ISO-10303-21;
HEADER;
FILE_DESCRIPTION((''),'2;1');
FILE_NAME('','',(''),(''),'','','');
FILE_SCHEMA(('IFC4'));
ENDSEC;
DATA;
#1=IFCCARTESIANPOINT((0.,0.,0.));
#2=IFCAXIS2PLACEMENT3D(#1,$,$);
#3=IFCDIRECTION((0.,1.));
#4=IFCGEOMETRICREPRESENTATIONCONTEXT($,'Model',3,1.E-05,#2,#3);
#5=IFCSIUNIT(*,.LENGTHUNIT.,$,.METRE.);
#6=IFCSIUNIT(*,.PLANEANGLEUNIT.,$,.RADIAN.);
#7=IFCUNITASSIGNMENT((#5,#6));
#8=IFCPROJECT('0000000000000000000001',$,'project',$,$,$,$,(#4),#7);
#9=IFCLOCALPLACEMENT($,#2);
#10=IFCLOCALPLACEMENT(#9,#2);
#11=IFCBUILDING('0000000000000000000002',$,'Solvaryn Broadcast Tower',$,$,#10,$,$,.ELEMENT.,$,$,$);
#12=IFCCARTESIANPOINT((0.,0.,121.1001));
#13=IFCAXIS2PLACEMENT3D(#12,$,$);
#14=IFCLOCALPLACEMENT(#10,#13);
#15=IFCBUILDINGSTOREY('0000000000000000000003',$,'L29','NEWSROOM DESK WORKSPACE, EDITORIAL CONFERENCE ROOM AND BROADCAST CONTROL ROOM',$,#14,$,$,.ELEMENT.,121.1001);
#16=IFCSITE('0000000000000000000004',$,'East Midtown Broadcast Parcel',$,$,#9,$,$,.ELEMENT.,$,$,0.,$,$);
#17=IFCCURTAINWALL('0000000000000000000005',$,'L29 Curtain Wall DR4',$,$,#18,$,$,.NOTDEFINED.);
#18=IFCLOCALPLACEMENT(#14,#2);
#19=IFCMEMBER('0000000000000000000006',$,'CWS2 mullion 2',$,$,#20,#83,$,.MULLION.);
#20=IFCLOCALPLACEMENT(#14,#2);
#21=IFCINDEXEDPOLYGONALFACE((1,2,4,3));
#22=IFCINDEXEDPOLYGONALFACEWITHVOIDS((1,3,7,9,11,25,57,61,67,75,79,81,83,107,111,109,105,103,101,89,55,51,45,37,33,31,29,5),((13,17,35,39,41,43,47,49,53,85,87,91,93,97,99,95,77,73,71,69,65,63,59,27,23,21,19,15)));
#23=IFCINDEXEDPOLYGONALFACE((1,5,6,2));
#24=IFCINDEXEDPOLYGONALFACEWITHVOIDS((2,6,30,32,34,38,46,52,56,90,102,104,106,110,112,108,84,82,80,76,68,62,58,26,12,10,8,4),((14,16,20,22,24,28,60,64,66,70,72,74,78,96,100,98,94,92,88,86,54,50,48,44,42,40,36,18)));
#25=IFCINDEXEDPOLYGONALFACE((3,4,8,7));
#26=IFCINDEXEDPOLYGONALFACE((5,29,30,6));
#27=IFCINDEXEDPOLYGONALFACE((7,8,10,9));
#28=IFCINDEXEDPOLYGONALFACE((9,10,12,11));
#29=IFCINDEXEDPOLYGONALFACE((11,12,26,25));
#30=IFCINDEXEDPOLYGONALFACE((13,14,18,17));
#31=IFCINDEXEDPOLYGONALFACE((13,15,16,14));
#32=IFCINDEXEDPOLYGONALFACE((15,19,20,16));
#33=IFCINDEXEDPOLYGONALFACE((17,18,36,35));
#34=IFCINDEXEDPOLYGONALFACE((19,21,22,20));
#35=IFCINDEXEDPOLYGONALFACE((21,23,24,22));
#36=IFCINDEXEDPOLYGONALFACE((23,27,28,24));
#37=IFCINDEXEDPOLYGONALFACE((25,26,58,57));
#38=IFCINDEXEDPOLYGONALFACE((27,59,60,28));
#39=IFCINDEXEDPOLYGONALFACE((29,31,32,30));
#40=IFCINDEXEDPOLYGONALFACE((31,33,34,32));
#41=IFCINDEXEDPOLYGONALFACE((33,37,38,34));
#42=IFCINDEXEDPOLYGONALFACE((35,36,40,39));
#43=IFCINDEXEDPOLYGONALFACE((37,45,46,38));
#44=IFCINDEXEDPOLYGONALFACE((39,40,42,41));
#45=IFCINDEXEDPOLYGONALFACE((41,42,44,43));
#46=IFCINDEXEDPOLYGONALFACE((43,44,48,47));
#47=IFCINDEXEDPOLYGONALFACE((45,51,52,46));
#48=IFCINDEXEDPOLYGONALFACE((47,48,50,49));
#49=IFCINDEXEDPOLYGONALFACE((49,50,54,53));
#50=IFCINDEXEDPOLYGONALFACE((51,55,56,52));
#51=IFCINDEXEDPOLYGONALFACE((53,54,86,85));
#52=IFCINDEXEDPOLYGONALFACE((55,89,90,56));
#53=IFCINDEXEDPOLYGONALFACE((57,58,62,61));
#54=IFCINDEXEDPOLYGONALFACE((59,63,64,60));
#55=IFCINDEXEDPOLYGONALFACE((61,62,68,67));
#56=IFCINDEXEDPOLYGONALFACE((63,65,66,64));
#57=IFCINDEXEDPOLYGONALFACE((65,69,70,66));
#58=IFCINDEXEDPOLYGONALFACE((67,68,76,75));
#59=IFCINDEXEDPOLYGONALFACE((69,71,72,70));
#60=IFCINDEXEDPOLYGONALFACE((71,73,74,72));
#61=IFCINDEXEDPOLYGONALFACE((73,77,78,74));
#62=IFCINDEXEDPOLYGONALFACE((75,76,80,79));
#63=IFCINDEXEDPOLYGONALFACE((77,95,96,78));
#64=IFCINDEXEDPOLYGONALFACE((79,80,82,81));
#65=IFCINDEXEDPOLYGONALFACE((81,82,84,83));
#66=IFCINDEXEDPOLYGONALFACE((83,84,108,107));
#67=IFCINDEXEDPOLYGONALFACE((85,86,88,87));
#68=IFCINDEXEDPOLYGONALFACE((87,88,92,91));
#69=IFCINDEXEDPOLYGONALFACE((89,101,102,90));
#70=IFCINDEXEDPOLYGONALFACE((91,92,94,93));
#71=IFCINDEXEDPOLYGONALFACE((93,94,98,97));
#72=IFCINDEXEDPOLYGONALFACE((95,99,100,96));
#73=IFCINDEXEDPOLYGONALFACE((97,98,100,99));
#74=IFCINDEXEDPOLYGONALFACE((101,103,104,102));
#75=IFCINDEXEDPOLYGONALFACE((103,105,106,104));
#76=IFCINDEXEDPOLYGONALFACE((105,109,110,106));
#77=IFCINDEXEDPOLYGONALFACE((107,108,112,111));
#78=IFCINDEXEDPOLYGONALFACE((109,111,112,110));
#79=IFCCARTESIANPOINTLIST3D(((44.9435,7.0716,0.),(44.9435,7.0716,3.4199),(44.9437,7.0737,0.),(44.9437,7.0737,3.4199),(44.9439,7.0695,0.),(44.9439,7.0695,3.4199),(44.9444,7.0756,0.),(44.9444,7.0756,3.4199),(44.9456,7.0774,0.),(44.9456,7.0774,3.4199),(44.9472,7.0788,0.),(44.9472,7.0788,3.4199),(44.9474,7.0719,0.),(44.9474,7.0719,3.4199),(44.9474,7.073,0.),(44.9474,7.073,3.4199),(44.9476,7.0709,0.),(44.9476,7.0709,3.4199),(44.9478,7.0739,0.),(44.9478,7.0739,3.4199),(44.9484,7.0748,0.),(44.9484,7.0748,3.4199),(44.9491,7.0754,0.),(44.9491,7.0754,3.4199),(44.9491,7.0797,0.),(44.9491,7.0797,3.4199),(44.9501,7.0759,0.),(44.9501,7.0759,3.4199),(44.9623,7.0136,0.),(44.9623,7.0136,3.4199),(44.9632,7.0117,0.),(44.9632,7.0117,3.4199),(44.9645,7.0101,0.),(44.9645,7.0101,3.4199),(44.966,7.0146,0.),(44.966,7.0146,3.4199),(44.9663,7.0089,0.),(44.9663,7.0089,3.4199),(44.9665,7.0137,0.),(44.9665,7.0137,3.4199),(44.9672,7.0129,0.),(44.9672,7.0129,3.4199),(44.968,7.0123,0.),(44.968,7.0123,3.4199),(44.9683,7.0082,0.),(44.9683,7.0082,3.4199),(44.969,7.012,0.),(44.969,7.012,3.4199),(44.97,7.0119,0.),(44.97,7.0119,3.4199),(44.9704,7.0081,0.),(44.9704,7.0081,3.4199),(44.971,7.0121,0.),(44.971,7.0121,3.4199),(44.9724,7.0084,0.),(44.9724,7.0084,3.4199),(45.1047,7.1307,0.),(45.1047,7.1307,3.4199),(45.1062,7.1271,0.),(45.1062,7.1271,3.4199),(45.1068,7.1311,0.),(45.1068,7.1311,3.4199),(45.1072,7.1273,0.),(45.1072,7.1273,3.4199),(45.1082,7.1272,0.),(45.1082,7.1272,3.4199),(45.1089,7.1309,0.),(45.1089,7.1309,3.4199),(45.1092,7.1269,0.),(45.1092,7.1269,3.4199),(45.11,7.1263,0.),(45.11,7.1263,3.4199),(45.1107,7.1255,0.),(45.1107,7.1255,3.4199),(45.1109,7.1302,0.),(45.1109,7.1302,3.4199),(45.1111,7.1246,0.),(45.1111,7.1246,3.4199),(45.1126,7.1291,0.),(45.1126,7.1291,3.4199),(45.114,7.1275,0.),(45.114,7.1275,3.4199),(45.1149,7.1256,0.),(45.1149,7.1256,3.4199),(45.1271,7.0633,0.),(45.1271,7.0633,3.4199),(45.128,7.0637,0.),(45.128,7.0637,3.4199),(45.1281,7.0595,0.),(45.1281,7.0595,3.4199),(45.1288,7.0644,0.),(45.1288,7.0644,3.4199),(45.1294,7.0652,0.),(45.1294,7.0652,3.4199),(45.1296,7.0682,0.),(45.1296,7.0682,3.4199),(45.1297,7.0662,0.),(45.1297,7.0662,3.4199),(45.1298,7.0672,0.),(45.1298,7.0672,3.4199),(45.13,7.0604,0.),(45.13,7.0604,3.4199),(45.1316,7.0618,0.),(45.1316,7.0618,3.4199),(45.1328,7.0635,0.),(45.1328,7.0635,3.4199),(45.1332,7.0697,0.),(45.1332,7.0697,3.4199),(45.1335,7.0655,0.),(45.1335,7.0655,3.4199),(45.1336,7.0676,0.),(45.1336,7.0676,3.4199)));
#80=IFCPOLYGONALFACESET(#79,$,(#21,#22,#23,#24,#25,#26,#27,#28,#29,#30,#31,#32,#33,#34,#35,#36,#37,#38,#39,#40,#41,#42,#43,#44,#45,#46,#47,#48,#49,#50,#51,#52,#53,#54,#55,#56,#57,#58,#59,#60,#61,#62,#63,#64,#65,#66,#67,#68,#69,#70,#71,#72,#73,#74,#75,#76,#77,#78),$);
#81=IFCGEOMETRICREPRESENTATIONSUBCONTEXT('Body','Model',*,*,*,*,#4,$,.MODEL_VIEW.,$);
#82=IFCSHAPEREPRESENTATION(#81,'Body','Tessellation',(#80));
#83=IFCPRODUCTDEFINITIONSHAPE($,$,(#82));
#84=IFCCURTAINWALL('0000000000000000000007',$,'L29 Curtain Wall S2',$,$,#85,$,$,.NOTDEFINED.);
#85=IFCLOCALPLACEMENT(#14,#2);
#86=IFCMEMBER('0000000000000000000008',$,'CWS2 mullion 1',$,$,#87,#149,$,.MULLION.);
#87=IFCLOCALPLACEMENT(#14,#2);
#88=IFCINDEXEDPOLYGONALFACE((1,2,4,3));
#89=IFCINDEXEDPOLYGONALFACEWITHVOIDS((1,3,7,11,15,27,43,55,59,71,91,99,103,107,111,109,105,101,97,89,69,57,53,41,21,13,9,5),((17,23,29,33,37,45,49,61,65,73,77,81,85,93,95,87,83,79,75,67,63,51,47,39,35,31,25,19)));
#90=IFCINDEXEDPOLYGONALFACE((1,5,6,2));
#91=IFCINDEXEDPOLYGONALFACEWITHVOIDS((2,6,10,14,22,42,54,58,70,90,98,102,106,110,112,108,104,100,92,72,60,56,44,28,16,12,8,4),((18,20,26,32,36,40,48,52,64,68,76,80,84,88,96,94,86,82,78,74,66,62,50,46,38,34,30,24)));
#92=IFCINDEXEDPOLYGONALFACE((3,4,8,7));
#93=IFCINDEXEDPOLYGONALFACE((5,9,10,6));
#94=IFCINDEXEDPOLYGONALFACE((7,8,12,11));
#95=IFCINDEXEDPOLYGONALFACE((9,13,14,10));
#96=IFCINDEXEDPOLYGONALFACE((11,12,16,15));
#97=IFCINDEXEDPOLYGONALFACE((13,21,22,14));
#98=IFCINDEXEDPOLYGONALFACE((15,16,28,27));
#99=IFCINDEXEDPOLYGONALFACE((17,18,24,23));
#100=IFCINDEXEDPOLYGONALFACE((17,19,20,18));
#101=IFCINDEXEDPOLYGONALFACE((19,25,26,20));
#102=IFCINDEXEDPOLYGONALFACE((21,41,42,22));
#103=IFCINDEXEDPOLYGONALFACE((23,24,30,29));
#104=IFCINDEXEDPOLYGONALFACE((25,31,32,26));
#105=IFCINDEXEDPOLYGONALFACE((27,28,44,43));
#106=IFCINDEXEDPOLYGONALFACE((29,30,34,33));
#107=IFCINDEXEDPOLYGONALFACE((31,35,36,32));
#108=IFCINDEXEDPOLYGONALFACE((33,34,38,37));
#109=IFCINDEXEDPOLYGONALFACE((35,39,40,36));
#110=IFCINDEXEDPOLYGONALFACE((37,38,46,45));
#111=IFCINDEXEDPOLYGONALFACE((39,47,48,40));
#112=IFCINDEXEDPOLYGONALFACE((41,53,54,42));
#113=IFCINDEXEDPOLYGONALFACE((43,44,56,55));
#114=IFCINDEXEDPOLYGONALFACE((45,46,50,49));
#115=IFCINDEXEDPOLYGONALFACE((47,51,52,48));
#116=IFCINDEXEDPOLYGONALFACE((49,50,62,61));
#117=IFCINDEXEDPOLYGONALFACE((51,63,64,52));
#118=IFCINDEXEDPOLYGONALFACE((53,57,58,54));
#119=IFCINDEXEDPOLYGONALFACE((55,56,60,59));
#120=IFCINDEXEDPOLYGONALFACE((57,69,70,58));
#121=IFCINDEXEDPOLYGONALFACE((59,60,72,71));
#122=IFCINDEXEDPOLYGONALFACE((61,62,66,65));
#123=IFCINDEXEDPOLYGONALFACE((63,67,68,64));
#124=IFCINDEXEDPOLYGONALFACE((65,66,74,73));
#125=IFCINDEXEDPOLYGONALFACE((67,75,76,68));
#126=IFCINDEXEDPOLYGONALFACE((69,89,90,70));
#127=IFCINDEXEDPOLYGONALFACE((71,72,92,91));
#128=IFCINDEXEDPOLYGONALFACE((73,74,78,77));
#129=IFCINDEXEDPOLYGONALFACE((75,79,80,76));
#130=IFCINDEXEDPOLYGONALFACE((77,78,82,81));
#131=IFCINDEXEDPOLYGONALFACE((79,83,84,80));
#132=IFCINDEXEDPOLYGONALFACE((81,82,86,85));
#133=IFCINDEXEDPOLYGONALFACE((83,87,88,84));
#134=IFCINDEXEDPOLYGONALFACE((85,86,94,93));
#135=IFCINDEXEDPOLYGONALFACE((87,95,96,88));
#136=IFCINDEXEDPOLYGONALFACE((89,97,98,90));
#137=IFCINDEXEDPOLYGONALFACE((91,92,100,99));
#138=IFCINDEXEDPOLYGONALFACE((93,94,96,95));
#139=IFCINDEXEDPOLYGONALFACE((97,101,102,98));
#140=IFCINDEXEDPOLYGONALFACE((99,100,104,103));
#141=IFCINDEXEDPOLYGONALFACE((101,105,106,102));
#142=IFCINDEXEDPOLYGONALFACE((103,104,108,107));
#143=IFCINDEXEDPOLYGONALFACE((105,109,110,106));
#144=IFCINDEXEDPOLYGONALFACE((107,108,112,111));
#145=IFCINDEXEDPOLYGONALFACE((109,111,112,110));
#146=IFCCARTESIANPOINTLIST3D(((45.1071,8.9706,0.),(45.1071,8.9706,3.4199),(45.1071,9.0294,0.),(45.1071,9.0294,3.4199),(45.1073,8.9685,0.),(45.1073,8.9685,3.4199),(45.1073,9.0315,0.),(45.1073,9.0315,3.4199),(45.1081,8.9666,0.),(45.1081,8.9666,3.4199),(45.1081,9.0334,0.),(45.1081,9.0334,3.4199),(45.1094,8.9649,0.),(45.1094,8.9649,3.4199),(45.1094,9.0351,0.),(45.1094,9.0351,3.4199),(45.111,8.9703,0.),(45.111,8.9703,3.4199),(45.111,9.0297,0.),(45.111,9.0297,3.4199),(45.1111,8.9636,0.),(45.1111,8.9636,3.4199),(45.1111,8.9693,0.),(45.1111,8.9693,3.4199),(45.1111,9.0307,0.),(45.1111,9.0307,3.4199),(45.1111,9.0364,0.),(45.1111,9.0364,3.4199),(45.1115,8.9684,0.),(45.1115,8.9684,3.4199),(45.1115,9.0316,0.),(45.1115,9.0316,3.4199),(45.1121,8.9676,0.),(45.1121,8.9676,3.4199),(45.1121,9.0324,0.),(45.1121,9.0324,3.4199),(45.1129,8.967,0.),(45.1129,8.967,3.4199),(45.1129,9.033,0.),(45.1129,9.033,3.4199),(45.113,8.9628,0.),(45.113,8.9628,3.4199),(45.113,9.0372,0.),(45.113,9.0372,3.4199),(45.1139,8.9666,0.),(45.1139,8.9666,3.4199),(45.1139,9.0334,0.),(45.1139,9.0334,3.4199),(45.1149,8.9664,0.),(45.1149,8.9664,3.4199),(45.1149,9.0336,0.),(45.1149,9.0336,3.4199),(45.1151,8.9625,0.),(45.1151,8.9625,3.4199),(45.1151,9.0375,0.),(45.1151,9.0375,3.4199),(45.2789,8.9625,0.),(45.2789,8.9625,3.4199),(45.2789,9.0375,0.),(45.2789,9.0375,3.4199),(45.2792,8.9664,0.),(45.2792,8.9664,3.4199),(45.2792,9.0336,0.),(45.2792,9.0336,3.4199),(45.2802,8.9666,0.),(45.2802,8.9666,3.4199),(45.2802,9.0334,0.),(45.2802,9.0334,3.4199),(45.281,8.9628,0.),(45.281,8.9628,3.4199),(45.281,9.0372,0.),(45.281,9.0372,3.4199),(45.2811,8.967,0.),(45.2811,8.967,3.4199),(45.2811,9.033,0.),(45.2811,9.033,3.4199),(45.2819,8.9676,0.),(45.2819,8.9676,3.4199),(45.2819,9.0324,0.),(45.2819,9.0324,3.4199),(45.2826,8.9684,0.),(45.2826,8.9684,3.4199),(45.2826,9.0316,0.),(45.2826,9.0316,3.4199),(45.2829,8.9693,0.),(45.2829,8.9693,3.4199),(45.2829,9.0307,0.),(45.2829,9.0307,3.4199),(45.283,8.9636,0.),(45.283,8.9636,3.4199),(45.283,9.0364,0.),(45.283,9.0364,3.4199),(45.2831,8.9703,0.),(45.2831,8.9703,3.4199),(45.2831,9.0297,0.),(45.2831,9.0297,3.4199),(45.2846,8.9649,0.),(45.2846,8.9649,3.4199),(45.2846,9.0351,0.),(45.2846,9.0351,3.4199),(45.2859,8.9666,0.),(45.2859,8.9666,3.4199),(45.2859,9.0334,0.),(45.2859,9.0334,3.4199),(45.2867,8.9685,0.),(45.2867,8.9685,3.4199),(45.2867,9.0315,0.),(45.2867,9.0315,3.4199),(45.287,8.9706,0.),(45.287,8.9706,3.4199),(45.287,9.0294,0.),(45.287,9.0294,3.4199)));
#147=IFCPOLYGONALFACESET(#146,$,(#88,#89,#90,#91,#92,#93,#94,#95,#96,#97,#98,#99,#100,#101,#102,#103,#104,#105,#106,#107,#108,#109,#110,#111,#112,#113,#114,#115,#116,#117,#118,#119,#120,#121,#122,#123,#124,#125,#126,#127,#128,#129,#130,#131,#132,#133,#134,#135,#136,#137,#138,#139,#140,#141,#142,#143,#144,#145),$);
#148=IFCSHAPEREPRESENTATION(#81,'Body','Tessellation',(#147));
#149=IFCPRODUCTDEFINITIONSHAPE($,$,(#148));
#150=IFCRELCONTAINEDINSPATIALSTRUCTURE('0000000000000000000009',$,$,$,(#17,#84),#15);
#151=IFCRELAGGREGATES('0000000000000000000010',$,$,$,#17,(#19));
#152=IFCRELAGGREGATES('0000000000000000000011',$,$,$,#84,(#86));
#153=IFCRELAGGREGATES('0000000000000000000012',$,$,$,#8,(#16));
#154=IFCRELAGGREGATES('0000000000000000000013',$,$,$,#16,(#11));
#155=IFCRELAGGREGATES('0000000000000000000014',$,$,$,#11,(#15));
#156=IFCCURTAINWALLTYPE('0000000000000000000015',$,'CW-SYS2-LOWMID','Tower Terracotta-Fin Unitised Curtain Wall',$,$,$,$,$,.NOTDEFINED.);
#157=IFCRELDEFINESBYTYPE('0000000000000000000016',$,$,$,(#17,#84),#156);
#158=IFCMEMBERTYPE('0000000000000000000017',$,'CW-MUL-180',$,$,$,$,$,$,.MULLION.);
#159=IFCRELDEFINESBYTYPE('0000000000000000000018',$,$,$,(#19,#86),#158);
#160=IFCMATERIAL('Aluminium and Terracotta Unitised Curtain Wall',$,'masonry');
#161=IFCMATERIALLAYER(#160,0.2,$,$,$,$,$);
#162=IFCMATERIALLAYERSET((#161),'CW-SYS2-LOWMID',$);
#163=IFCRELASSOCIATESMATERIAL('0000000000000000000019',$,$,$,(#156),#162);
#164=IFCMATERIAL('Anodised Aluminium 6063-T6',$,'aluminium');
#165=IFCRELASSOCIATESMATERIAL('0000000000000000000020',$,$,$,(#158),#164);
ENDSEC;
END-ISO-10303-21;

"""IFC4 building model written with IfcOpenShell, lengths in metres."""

from ifc_helpers import new_model, si_unit, direction, frame, origin, origin_2d, place, context, subcontext, project, spatial, hollow_rectangle, extrude, material, layer, layer_set, material_profile, profile_set, type_object, element, aggregate, save


model = new_model("IFC4")

# Units and contexts
model_context = context("Model", 3, precision=1e-05, world=origin(), true_north=direction((0.0, 1.0)))
body_context = subcontext(model_context, "Body", "Model", "MODEL_VIEW")
ifc_project = project(units=[si_unit("LENGTHUNIT", "METRE"), si_unit("PLANEANGLEUNIT", "RADIAN")], contexts=[model_context])

# Site, building, storey
site_placement = place(None, origin())
site = spatial("IfcSite", under=ifc_project, at=site_placement, Name="East Midtown Broadcast Parcel", CompositionType="ELEMENT", RefElevation=0.0)
building_placement = place(site_placement, origin())
building = spatial("IfcBuilding", under=site, at=building_placement, Name="Solvaryn Broadcast Tower", CompositionType="ELEMENT")
storey_placement = place(building_placement, frame((0.0, 0.0, 121.1001)))
storey = spatial("IfcBuildingStorey", under=building, at=storey_placement, Name="L29", Description="NEWSROOM DESK WORKSPACE, EDITORIAL CONFERENCE ROOM AND BROADCAST CONTROL ROOM", CompositionType="ELEMENT", Elevation=121.1001)

# Curtain wall, member
ifc_material_1 = material(Name="Aluminium and Terracotta Unitised Curtain Wall", Category="masonry")
ifc_layer_1 = layer(ifc_material_1, 0.2)
ifc_layer_set_1 = layer_set([ifc_layer_1], Name="CW-SYS2-LOWMID")
curtain_wall_type = type_object("IfcCurtainWallType", Name="CW-SYS2-LOWMID", Description="Tower Terracotta-Fin Unitised Curtain Wall", PredefinedType="NOTDEFINED", material=ifc_layer_set_1)
curtain_wall_1_placement = place(storey_placement, origin())
curtain_wall_1 = element("IfcCurtainWall", 1, at=curtain_wall_1_placement, inside=storey, type_object=curtain_wall_type, Name="L29 Curtain Wall DR4", PredefinedType="NOTDEFINED")
ifc_material_2 = material(Name="Anodised Aluminium 6063-T6", Category="aluminium")
ifc_material_profile_1 = material_profile(ifc_material_2, hollow_rectangle(XDim=0.075, YDim=0.1799, WallThickness=0.0039, InnerFilletRadius=0.0039, OuterFilletRadius=0.0081, at=origin_2d()))
ifc_profile_set_1 = profile_set([ifc_material_profile_1], Name="Anodised Aluminium 6063-T6")
member_type_1 = type_object("IfcMemberType", Name="CW-MUL-180", PredefinedType="MULLION", material=ifc_profile_set_1)
member_1_placement = place(storey_placement, frame((45.0386, 7.0696, 0.0), z_axis=(0.0, 0.0, 1.0), x_axis=(-0.311646, 0.950198, 0.0)))
member_1 = element("IfcMember", 2, at=member_1_placement, type_object=member_type_1, Name="CWS2 mullion 2", PredefinedType="MULLION", context=body_context, shape_type="SweptSolid", body=[
    extrude(hollow_rectangle(XDim=0.075, YDim=0.1799, WallThickness=0.0039, InnerFilletRadius=0.0039, OuterFilletRadius=0.0081, at=origin_2d()), origin(), (0.0, 0.0, 1.0), 3.4199),
])
aggregate(curtain_wall_1, [member_1])

# Curtain wall, member
curtain_wall_2_placement = place(storey_placement, origin())
curtain_wall_2 = element("IfcCurtainWall", 3, at=curtain_wall_2_placement, inside=storey, type_object=curtain_wall_type, Name="L29 Curtain Wall S2", PredefinedType="NOTDEFINED")
member_2_placement = place(storey_placement, frame((45.197, 9.0, 0.0), z_axis=(0.0, 0.0, 1.0), x_axis=(0.0, 1.0, 0.0)))
member_2 = element("IfcMember", 4, at=member_2_placement, type_object=member_type_1, Name="CWS2 mullion 1", PredefinedType="MULLION", context=body_context, shape_type="SweptSolid", body=[
    extrude(hollow_rectangle(XDim=0.075, YDim=0.1799, WallThickness=0.0039, InnerFilletRadius=0.0039, OuterFilletRadius=0.0081, at=origin_2d()), origin(), (0.0, 0.0, 1.0), 3.4199),
])
aggregate(curtain_wall_2, [member_2])

save(model, "model.ifc")
